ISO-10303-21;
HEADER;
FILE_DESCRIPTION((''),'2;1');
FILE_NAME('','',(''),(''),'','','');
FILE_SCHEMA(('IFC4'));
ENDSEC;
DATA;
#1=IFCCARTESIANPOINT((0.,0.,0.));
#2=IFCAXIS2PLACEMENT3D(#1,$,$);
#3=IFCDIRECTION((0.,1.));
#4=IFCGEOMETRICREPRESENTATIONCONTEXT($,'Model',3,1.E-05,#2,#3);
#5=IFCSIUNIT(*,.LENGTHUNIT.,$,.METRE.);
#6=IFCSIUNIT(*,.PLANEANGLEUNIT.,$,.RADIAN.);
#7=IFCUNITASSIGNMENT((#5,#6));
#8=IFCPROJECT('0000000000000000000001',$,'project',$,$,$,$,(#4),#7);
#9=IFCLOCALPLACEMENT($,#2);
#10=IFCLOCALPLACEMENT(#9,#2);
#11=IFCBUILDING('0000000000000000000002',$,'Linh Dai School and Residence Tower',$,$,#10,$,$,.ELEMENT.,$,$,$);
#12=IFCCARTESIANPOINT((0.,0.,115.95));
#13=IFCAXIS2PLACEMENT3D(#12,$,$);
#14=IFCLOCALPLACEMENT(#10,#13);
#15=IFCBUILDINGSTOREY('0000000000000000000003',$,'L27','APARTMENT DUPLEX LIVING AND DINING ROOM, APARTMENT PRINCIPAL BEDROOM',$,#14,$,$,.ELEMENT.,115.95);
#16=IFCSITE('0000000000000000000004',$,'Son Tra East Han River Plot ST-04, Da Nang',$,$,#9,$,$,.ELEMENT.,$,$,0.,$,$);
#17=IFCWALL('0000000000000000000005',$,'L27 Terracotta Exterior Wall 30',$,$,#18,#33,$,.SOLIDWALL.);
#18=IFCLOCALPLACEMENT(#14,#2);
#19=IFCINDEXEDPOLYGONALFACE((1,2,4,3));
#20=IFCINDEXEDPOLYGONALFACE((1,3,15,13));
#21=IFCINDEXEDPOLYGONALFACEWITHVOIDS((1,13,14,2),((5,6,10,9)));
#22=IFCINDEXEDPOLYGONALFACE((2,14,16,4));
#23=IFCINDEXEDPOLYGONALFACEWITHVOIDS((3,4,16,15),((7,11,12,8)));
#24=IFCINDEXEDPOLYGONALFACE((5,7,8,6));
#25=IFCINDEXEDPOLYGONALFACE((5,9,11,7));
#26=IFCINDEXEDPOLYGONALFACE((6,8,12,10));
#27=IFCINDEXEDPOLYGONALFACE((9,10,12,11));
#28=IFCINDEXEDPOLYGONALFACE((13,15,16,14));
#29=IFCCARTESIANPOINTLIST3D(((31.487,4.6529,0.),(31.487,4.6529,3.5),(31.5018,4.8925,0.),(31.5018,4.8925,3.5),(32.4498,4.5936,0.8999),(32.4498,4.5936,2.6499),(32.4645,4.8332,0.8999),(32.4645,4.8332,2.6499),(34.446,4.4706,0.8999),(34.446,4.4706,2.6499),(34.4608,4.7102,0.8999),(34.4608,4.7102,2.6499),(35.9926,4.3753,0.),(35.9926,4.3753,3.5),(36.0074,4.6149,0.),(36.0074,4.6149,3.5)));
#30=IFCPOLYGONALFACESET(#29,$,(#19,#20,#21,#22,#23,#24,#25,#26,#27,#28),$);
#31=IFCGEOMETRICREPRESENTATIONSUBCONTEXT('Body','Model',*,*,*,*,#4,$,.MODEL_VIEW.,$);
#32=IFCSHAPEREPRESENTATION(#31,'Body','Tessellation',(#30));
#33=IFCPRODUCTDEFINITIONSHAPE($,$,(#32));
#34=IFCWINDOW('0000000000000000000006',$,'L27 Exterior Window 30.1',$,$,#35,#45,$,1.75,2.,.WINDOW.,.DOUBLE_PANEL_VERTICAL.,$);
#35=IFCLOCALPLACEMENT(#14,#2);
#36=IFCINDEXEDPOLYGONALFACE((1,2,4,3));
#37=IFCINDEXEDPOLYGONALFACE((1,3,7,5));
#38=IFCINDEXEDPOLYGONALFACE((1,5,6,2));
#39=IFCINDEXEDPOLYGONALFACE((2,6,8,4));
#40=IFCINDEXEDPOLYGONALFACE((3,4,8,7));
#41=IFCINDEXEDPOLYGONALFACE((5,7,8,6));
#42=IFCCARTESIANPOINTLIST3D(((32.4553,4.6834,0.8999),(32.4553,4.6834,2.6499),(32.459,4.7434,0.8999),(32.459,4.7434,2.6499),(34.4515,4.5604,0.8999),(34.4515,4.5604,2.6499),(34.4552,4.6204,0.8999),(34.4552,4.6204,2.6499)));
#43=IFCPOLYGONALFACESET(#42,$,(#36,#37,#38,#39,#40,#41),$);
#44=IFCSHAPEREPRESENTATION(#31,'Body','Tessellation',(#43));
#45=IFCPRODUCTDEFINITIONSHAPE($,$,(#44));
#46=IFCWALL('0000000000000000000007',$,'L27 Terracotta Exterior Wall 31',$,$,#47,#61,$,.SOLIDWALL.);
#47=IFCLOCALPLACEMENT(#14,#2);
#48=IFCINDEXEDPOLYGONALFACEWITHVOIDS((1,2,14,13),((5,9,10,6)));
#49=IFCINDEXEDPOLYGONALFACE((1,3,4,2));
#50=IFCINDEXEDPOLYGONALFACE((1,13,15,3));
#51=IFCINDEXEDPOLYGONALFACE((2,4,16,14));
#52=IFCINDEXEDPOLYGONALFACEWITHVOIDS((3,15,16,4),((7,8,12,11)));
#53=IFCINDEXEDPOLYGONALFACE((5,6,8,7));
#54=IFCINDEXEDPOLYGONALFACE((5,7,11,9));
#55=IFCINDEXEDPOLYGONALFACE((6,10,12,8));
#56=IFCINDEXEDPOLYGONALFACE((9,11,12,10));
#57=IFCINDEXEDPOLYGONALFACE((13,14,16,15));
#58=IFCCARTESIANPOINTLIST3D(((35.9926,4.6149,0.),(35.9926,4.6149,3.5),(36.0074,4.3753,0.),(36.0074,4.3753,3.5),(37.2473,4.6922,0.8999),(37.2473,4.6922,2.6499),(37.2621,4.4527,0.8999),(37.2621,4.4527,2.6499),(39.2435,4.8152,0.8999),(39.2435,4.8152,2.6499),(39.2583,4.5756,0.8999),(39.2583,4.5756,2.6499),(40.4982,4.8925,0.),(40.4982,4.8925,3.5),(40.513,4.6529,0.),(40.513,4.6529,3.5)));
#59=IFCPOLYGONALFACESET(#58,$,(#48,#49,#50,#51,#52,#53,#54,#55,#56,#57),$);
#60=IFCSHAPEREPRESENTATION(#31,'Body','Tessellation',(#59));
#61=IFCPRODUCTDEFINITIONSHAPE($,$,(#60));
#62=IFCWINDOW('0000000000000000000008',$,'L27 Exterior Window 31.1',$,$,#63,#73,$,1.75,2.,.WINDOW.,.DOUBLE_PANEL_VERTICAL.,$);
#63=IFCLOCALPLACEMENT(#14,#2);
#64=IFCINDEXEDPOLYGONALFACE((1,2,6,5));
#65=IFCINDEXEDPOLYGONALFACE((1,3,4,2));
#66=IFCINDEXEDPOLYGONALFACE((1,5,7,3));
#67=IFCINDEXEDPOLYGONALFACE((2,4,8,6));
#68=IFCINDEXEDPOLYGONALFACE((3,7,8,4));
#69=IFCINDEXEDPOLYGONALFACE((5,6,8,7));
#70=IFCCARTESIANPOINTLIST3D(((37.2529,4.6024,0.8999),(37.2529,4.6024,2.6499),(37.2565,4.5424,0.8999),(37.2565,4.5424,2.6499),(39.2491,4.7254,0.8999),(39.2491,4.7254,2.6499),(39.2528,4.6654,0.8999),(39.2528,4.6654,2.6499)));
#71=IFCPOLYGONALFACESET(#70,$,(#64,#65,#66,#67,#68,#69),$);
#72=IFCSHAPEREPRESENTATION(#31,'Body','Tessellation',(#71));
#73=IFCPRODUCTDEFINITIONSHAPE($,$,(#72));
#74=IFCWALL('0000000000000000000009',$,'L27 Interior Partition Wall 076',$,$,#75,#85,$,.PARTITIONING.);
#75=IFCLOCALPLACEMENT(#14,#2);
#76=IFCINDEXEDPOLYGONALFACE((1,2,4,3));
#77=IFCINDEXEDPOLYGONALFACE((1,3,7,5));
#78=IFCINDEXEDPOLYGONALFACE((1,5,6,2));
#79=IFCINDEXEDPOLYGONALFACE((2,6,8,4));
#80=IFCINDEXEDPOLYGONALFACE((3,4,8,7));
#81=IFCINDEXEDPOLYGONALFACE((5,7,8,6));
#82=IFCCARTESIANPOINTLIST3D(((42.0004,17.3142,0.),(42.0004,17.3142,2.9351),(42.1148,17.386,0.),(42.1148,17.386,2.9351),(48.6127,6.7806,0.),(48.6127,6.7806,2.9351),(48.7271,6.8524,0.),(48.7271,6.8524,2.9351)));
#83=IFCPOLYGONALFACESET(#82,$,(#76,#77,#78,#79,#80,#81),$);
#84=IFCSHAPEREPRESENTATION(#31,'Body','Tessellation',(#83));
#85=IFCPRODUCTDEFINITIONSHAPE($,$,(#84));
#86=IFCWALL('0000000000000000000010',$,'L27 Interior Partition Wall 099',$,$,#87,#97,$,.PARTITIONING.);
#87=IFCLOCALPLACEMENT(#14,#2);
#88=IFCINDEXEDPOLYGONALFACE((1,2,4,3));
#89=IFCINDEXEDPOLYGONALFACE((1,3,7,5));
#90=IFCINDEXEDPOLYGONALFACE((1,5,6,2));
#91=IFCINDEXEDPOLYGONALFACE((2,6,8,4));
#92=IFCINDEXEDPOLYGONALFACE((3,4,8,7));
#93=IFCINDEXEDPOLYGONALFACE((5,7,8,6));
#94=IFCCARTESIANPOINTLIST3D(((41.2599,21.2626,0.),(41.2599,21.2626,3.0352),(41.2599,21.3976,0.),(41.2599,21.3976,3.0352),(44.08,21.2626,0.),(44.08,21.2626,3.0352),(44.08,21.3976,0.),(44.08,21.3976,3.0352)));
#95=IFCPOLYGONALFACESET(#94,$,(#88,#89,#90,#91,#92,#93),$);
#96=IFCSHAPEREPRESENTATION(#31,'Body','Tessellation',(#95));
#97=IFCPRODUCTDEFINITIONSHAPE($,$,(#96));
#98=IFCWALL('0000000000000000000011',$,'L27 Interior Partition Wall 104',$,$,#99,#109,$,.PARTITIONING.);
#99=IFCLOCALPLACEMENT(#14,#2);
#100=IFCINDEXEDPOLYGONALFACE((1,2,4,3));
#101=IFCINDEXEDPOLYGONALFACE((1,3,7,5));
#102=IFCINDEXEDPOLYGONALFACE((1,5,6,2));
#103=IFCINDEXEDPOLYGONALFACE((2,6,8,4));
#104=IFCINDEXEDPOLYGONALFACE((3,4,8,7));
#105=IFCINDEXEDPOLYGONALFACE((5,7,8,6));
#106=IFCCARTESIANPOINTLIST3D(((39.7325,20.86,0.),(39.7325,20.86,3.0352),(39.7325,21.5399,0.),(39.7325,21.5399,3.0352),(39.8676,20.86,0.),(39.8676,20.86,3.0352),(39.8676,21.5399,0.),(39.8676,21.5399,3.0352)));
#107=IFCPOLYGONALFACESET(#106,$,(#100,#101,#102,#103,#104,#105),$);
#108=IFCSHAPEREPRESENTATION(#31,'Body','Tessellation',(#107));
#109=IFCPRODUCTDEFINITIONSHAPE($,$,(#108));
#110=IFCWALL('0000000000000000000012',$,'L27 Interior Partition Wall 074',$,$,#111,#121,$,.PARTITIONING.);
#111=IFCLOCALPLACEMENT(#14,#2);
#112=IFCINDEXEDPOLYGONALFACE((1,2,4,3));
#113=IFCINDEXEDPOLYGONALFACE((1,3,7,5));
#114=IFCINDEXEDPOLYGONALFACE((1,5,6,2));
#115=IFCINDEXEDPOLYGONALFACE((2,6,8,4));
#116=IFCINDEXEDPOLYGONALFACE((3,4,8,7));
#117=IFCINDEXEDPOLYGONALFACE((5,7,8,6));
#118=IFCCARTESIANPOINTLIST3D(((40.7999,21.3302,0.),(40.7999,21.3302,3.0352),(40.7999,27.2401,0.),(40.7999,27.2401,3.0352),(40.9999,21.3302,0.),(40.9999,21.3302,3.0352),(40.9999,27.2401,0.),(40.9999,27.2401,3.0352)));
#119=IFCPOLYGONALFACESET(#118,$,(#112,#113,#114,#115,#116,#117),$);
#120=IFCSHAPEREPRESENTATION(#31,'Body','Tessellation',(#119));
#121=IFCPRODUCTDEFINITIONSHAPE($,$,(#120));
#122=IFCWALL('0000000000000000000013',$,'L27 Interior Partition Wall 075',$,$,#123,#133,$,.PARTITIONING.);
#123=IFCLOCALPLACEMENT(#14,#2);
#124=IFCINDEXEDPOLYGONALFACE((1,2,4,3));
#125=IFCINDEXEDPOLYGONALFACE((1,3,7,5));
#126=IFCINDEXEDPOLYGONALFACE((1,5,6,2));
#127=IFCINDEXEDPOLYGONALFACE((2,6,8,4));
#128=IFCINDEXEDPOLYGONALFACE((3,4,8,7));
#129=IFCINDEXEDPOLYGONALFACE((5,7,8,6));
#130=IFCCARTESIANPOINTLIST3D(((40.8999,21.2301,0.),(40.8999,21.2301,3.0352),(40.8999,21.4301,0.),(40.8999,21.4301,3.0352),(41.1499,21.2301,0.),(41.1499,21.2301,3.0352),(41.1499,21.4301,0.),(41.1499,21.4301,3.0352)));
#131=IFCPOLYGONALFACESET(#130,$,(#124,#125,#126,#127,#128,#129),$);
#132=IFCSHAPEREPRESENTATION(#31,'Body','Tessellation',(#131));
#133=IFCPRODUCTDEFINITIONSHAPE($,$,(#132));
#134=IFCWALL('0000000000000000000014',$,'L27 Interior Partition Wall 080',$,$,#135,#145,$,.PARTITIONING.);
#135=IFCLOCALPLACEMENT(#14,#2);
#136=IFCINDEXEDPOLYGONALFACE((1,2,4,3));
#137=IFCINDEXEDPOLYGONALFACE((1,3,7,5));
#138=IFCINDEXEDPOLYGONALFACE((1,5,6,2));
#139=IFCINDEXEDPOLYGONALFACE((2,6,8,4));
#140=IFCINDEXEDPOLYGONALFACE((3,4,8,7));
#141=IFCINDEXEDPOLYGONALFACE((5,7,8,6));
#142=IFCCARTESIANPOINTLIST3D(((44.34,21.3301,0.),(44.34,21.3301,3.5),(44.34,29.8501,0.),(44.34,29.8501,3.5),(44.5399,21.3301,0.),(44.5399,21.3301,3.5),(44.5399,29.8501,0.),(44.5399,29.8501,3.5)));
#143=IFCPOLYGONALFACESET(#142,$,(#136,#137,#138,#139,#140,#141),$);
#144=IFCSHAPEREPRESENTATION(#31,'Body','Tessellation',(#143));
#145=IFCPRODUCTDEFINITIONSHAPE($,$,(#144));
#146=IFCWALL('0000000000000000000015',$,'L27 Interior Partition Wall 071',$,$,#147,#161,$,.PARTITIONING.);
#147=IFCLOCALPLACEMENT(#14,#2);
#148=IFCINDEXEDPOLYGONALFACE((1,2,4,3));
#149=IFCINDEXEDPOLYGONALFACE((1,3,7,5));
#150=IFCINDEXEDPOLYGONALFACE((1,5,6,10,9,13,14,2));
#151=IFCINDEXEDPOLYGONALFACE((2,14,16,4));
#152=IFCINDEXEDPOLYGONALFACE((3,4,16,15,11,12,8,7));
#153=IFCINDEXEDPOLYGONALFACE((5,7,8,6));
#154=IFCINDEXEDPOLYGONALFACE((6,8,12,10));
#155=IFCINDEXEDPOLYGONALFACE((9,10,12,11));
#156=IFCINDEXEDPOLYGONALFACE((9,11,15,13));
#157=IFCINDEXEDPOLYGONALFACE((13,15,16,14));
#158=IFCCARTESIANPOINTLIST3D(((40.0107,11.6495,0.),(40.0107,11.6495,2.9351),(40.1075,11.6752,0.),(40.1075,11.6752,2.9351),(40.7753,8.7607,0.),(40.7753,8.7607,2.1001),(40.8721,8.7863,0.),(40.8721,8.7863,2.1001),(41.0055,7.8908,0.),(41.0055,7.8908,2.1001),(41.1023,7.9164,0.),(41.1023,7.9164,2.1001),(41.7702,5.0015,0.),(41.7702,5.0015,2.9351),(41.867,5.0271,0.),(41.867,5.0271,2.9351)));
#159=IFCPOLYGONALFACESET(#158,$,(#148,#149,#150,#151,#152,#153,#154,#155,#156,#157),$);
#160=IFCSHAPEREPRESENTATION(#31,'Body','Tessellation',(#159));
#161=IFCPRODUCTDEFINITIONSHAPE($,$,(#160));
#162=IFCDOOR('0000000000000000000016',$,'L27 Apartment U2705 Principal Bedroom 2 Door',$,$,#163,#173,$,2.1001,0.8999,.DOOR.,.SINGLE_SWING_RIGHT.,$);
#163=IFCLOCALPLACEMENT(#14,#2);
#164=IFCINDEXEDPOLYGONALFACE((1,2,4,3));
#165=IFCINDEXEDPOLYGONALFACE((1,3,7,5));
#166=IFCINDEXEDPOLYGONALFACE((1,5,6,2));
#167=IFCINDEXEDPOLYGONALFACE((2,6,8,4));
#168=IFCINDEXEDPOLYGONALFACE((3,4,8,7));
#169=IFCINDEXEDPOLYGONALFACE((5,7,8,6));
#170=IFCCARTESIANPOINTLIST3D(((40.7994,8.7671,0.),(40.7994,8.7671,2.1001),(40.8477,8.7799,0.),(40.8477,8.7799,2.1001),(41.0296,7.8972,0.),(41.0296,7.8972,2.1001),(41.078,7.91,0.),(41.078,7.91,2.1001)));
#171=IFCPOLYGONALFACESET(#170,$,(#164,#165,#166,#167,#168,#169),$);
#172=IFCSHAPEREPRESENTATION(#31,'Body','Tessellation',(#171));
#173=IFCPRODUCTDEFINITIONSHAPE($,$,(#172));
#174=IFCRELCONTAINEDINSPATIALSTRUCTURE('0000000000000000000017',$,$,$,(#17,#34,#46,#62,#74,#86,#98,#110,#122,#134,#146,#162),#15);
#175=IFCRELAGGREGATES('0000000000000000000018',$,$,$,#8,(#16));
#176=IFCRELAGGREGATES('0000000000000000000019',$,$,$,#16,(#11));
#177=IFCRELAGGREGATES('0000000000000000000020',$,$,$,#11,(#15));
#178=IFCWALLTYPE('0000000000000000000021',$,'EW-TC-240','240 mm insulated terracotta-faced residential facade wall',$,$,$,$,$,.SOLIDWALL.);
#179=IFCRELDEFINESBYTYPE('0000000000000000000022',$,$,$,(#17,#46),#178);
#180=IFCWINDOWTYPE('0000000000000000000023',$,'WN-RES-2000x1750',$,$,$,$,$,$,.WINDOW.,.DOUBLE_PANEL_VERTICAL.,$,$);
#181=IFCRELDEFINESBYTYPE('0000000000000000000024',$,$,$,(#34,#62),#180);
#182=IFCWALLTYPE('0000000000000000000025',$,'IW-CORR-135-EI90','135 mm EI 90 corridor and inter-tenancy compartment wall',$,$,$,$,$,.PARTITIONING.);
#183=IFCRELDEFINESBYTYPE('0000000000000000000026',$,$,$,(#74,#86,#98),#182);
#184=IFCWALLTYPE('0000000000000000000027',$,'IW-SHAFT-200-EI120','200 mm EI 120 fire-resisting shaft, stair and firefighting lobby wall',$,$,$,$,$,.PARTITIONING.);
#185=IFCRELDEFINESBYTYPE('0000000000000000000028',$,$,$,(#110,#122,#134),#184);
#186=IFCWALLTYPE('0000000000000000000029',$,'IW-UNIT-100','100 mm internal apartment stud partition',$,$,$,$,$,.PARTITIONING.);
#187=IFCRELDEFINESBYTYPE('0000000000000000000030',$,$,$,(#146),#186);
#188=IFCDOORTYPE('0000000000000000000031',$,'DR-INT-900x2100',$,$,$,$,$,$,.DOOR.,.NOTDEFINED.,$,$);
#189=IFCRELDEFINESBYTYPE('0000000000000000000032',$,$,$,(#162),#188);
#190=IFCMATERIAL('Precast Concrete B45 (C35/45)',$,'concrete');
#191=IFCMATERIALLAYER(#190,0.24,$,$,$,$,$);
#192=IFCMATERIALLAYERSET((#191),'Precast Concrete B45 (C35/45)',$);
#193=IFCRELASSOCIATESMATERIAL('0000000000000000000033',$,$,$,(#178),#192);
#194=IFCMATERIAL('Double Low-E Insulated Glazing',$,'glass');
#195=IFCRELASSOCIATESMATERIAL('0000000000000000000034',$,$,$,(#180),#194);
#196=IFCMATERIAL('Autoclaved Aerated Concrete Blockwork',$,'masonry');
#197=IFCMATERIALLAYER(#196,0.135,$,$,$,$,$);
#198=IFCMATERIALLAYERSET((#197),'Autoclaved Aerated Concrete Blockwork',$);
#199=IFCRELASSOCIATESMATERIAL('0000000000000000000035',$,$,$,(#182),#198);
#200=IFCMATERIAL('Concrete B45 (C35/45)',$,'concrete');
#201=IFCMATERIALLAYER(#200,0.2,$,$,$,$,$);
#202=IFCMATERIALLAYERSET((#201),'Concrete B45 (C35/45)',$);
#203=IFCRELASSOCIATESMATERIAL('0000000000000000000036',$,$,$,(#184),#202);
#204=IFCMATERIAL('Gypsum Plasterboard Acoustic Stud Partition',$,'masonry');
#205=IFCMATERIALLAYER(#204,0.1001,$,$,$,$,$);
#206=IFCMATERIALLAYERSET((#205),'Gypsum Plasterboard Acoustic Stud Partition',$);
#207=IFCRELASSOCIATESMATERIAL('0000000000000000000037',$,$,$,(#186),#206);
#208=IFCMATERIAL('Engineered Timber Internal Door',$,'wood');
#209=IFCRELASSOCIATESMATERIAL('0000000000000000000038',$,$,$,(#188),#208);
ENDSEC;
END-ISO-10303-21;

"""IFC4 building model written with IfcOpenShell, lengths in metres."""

from ifc_helpers import new_model, si_unit, direction, frame, frame_2d, origin, origin_2d, place, context, subcontext, project, spatial, rectangle, extrude, source, transform, mapped, material, layer, layer_set, type_object, element, fill, save


model = new_model("IFC4")

# Units and contexts
model_context = context("Model", 3, precision=1e-05, world=origin(), true_north=direction((0.0, 1.0)))
body_context = subcontext(model_context, "Body", "Model", "MODEL_VIEW")
ifc_project = project(units=[si_unit("LENGTHUNIT", "METRE"), si_unit("PLANEANGLEUNIT", "RADIAN")], contexts=[model_context])

# Site, building, storey
site_placement = place(None, origin())
site = spatial("IfcSite", under=ifc_project, at=site_placement, Name="Son Tra East Han River Plot ST-04, Da Nang", CompositionType="ELEMENT", RefElevation=0.0)
building_placement = place(site_placement, origin())
building = spatial("IfcBuilding", under=site, at=building_placement, Name="Linh Dai School and Residence Tower", CompositionType="ELEMENT")
storey_placement = place(building_placement, frame((0.0, 0.0, 115.95)))
storey = spatial("IfcBuildingStorey", under=building, at=storey_placement, Name="L27", Description="APARTMENT DUPLEX LIVING AND DINING ROOM, APARTMENT PRINCIPAL BEDROOM", CompositionType="ELEMENT", Elevation=115.95)

# Walls, openings, windows
ifc_material_1 = material(Name="Precast Concrete B45 (C35/45)", Category="concrete")
ifc_layer_1 = layer(ifc_material_1, 0.24)
ifc_layer_set_1 = layer_set([ifc_layer_1], Name="Precast Concrete B45 (C35/45)")
wall_type_1 = type_object("IfcWallType", Name="EW-TC-240", Description="240 mm insulated terracotta-faced residential facade wall", PredefinedType="SOLIDWALL", material=ifc_layer_set_1)
wall_1_placement = place(storey_placement, frame((36.0, 4.4951, 0.0), z_axis=(0.0, 0.0, 1.0), x_axis=(-0.998108, 0.061493, 0.0)))
wall_1 = element("IfcWall", 1, at=wall_1_placement, inside=storey, type_object=wall_type_1, Name="L27 Terracotta Exterior Wall 30", PredefinedType="SOLIDWALL", context=body_context, shape_type="SweptSolid", body=[
    extrude(rectangle(XDim=4.5142, YDim=0.24, at=frame_2d((2.2571, 0.0))), origin(), (0.0, 0.0, 1.0), 3.5),
])
opening_1_placement = place(wall_1_placement, frame((1.5496, 0.0, 0.8999)))
opening_1 = element("IfcOpeningElement", 2, at=opening_1_placement, cuts=wall_1, PredefinedType="OPENING", context=body_context, shape_type="SweptSolid", body=[
    extrude(rectangle(XDim=2.0, YDim=1.75, at=origin_2d()), frame((1.0, 0.1299, 0.875), z_axis=(0.0, -1.0, 0.0), x_axis=(1.0, 0.0, 0.0)), (0.0, 0.0, 1.0), 0.26),
])
ifc_material_2 = material(Name="Double Low-E Insulated Glazing", Category="glass")
window_type = type_object("IfcWindowType", Name="WN-RES-2000x1750", PartitioningType="DOUBLE_PANEL_VERTICAL", PredefinedType="WINDOW", material=ifc_material_2)
shared_shape_1 = source(origin(), body_context, "Body", "SweptSolid", [
    extrude(rectangle(XDim=2.0, YDim=1.75, at=origin_2d()), frame((1.0, 0.03, 0.875), z_axis=(0.0, -1.0, 0.0), x_axis=(1.0, 0.0, 0.0)), (0.0, 0.0, 1.0), 0.0601),
])
window_1_placement = place(opening_1_placement, origin())
window_1 = element("IfcWindow", 3, at=window_1_placement, inside=storey, type_object=window_type, Name="L27 Exterior Window 30.1", OverallHeight=1.75, OverallWidth=2.0, PartitioningType="DOUBLE_PANEL_VERTICAL", PredefinedType="WINDOW", context=body_context, shape_type="MappedRepresentation", body=[
    mapped(shared_shape_1, transform((0.0, 0.0, 0.0), x_axis=(1.0, 0.0, 0.0), y_axis=(0.0, 1.0, 0.0), z_axis=(0.0, 0.0, 1.0), scale=1.0)),
])
fill(opening_1, window_1)
wall_2_placement = place(storey_placement, frame((40.5056, 4.7727, 0.0), z_axis=(0.0, 0.0, 1.0), x_axis=(-0.998108, -0.061493, 0.0)))
wall_2 = element("IfcWall", 4, at=wall_2_placement, inside=storey, type_object=wall_type_1, Name="L27 Terracotta Exterior Wall 31", PredefinedType="SOLIDWALL", context=body_context, shape_type="SweptSolid", body=[
    extrude(rectangle(XDim=4.5142, YDim=0.24, at=frame_2d((2.2571, 0.0))), origin(), (0.0, 0.0, 1.0), 3.5),
])
opening_2_placement = place(wall_2_placement, frame((1.2571, 0.0, 0.8999)))
opening_2 = element("IfcOpeningElement", 5, at=opening_2_placement, cuts=wall_2, PredefinedType="OPENING", context=body_context, shape_type="SweptSolid", body=[
    extrude(rectangle(XDim=2.0, YDim=1.75, at=origin_2d()), frame((1.0, 0.1299, 0.875), z_axis=(0.0, -1.0, 0.0), x_axis=(1.0, 0.0, 0.0)), (0.0, 0.0, 1.0), 0.26),
])
window_2_placement = place(opening_2_placement, origin())
window_2 = element("IfcWindow", 6, at=window_2_placement, inside=storey, type_object=window_type, Name="L27 Exterior Window 31.1", OverallHeight=1.75, OverallWidth=2.0, PartitioningType="DOUBLE_PANEL_VERTICAL", PredefinedType="WINDOW", context=body_context, shape_type="MappedRepresentation", body=[
    mapped(shared_shape_1, transform((0.0, 0.0, 0.0), x_axis=(1.0, 0.0, 0.0), y_axis=(0.0, 1.0, 0.0), z_axis=(0.0, 0.0, 1.0), scale=1.0)),
])
fill(opening_2, window_2)

# Walls
ifc_material_3 = material(Name="Autoclaved Aerated Concrete Blockwork", Category="masonry")
ifc_layer_2 = layer(ifc_material_3, 0.135)
ifc_layer_set_2 = layer_set([ifc_layer_2], Name="Autoclaved Aerated Concrete Blockwork")
wall_type_2 = type_object("IfcWallType", Name="IW-CORR-135-EI90", Description="135 mm EI 90 corridor and inter-tenancy compartment wall", PredefinedType="PARTITIONING", material=ifc_layer_set_2)
wall_3_placement = place(storey_placement, frame((42.0576, 17.3501, 0.0), z_axis=(0.0, 0.0, 1.0), x_axis=(0.53166, -0.846958, 0.0)))
element("IfcWall", 7, at=wall_3_placement, inside=storey, type_object=wall_type_2, Name="L27 Interior Partition Wall 076", PredefinedType="PARTITIONING", context=body_context, shape_type="SweptSolid", body=[
    extrude(rectangle(XDim=12.437, YDim=0.135, at=frame_2d((6.2185, 0.0))), origin(), (0.0, 0.0, 1.0), 2.9351),
])
wall_4_placement = place(storey_placement, frame((44.0801, 21.3301, 0.0), z_axis=(0.0, 0.0, 1.0), x_axis=(-1.0, 0.0, 0.0)))
element("IfcWall", 8, at=wall_4_placement, inside=storey, type_object=wall_type_2, Name="L27 Interior Partition Wall 099", PredefinedType="PARTITIONING", context=body_context, shape_type="SweptSolid", body=[
    extrude(rectangle(XDim=2.8201, YDim=0.135, at=frame_2d((1.4102, 0.0))), origin(), (0.0, 0.0, 1.0), 3.0352),
])
wall_5_placement = place(storey_placement, frame((39.8, 20.8601, 0.0), z_axis=(0.0, 0.0, 1.0), x_axis=(0.0, 1.0, 0.0)))
element("IfcWall", 9, at=wall_5_placement, inside=storey, type_object=wall_type_2, Name="L27 Interior Partition Wall 104", PredefinedType="PARTITIONING", context=body_context, shape_type="SweptSolid", body=[
    extrude(rectangle(XDim=0.6799, YDim=0.135, at=frame_2d((0.3398, 0.0))), origin(), (0.0, 0.0, 1.0), 3.0352),
])
ifc_material_4 = material(Name="Concrete B45 (C35/45)", Category="concrete")
ifc_layer_3 = layer(ifc_material_4, 0.2)
ifc_layer_set_3 = layer_set([ifc_layer_3], Name="Concrete B45 (C35/45)")
wall_type_3 = type_object("IfcWallType", Name="IW-SHAFT-200-EI120", Description="200 mm EI 120 fire-resisting shaft, stair and firefighting lobby wall", PredefinedType="PARTITIONING", material=ifc_layer_set_3)
wall_6_placement = place(storey_placement, frame((40.8999, 21.3301, 0.0), z_axis=(0.0, 0.0, 1.0), x_axis=(0.0, 1.0, 0.0)))
element("IfcWall", 10, at=wall_6_placement, inside=storey, type_object=wall_type_3, Name="L27 Interior Partition Wall 074", PredefinedType="PARTITIONING", context=body_context, shape_type="SweptSolid", body=[
    extrude(rectangle(XDim=5.9099, YDim=0.2, at=frame_2d((2.9551, 0.0))), origin(), (0.0, 0.0, 1.0), 3.0352),
])
wall_7_placement = place(storey_placement, frame((40.8999, 21.3301, 0.0), z_axis=(0.0, 0.0, 1.0), x_axis=(1.0, 0.0, 0.0)))
element("IfcWall", 11, at=wall_7_placement, inside=storey, type_object=wall_type_3, Name="L27 Interior Partition Wall 075", PredefinedType="PARTITIONING", context=body_context, shape_type="SweptSolid", body=[
    extrude(rectangle(XDim=0.25, YDim=0.2, at=frame_2d((0.125, 0.0))), origin(), (0.0, 0.0, 1.0), 3.0352),
])
wall_8_placement = place(storey_placement, frame((44.4399, 21.3301, 0.0), z_axis=(0.0, 0.0, 1.0), x_axis=(0.0, 1.0, 0.0)))
element("IfcWall", 12, at=wall_8_placement, inside=storey, type_object=wall_type_3, Name="L27 Interior Partition Wall 080", PredefinedType="PARTITIONING", context=body_context, shape_type="SweptSolid", body=[
    extrude(rectangle(XDim=8.52, YDim=0.2, at=frame_2d((4.26, 0.0))), origin(), (0.0, 0.0, 1.0), 3.5),
])

# Wall, opening, door
ifc_material_5 = material(Name="Gypsum Plasterboard Acoustic Stud Partition", Category="masonry")
ifc_layer_4 = layer(ifc_material_5, 0.1001)
ifc_layer_set_4 = layer_set([ifc_layer_4], Name="Gypsum Plasterboard Acoustic Stud Partition")
wall_type_4 = type_object("IfcWallType", Name="IW-UNIT-100", Description="100 mm internal apartment stud partition", PredefinedType="PARTITIONING", material=ifc_layer_set_4)
wall_9_placement = place(storey_placement, frame((40.0591, 11.6624, 0.0), z_axis=(0.0, 0.0, 1.0), x_axis=(0.255861, -0.966713, 0.0)))
wall_9 = element("IfcWall", 13, at=wall_9_placement, inside=storey, type_object=wall_type_4, Name="L27 Interior Partition Wall 071", PredefinedType="PARTITIONING", context=body_context, shape_type="SweptSolid", body=[
    extrude(rectangle(XDim=6.877, YDim=0.1001, at=frame_2d((3.4385, 0.0))), origin(), (0.0, 0.0, 1.0), 2.9351),
])
opening_3_placement = place(wall_9_placement, frame((2.9883, 0.0, 0.0)))
opening_3 = element("IfcOpeningElement", 14, at=opening_3_placement, cuts=wall_9, PredefinedType="OPENING", context=body_context, shape_type="SweptSolid", body=[
    extrude(rectangle(XDim=0.8999, YDim=2.1001, at=origin_2d()), frame((0.45, 0.0601, 1.05), z_axis=(0.0, -1.0, 0.0), x_axis=(1.0, 0.0, 0.0)), (0.0, 0.0, 1.0), 0.1201),
])
ifc_material_6 = material(Name="Engineered Timber Internal Door", Category="wood")
door_type = type_object("IfcDoorType", Name="DR-INT-900x2100", OperationType="NOTDEFINED", PredefinedType="DOOR", material=ifc_material_6)
shared_shape_2 = source(origin(), body_context, "Body", "SweptSolid", [
    extrude(rectangle(XDim=0.8999, YDim=2.1001, at=origin_2d()), frame((0.45, 0.0249, 1.05), z_axis=(0.0, -1.0, 0.0), x_axis=(1.0, 0.0, 0.0)), (0.0, 0.0, 1.0), 0.05),
])
door_placement = place(opening_3_placement, origin())
door = element("IfcDoor", 15, at=door_placement, inside=storey, type_object=door_type, Name="L27 Apartment U2705 Principal Bedroom 2 Door", OperationType="SINGLE_SWING_RIGHT", OverallHeight=2.1001, OverallWidth=0.8999, PredefinedType="DOOR", context=body_context, shape_type="MappedRepresentation", body=[
    mapped(shared_shape_2, transform((0.0, 0.0, 0.0), x_axis=(1.0, 0.0, 0.0), y_axis=(0.0, 1.0, 0.0), z_axis=(0.0, 0.0, 1.0), scale=1.0)),
])
fill(opening_3, door)

save(model, "model.ifc")
